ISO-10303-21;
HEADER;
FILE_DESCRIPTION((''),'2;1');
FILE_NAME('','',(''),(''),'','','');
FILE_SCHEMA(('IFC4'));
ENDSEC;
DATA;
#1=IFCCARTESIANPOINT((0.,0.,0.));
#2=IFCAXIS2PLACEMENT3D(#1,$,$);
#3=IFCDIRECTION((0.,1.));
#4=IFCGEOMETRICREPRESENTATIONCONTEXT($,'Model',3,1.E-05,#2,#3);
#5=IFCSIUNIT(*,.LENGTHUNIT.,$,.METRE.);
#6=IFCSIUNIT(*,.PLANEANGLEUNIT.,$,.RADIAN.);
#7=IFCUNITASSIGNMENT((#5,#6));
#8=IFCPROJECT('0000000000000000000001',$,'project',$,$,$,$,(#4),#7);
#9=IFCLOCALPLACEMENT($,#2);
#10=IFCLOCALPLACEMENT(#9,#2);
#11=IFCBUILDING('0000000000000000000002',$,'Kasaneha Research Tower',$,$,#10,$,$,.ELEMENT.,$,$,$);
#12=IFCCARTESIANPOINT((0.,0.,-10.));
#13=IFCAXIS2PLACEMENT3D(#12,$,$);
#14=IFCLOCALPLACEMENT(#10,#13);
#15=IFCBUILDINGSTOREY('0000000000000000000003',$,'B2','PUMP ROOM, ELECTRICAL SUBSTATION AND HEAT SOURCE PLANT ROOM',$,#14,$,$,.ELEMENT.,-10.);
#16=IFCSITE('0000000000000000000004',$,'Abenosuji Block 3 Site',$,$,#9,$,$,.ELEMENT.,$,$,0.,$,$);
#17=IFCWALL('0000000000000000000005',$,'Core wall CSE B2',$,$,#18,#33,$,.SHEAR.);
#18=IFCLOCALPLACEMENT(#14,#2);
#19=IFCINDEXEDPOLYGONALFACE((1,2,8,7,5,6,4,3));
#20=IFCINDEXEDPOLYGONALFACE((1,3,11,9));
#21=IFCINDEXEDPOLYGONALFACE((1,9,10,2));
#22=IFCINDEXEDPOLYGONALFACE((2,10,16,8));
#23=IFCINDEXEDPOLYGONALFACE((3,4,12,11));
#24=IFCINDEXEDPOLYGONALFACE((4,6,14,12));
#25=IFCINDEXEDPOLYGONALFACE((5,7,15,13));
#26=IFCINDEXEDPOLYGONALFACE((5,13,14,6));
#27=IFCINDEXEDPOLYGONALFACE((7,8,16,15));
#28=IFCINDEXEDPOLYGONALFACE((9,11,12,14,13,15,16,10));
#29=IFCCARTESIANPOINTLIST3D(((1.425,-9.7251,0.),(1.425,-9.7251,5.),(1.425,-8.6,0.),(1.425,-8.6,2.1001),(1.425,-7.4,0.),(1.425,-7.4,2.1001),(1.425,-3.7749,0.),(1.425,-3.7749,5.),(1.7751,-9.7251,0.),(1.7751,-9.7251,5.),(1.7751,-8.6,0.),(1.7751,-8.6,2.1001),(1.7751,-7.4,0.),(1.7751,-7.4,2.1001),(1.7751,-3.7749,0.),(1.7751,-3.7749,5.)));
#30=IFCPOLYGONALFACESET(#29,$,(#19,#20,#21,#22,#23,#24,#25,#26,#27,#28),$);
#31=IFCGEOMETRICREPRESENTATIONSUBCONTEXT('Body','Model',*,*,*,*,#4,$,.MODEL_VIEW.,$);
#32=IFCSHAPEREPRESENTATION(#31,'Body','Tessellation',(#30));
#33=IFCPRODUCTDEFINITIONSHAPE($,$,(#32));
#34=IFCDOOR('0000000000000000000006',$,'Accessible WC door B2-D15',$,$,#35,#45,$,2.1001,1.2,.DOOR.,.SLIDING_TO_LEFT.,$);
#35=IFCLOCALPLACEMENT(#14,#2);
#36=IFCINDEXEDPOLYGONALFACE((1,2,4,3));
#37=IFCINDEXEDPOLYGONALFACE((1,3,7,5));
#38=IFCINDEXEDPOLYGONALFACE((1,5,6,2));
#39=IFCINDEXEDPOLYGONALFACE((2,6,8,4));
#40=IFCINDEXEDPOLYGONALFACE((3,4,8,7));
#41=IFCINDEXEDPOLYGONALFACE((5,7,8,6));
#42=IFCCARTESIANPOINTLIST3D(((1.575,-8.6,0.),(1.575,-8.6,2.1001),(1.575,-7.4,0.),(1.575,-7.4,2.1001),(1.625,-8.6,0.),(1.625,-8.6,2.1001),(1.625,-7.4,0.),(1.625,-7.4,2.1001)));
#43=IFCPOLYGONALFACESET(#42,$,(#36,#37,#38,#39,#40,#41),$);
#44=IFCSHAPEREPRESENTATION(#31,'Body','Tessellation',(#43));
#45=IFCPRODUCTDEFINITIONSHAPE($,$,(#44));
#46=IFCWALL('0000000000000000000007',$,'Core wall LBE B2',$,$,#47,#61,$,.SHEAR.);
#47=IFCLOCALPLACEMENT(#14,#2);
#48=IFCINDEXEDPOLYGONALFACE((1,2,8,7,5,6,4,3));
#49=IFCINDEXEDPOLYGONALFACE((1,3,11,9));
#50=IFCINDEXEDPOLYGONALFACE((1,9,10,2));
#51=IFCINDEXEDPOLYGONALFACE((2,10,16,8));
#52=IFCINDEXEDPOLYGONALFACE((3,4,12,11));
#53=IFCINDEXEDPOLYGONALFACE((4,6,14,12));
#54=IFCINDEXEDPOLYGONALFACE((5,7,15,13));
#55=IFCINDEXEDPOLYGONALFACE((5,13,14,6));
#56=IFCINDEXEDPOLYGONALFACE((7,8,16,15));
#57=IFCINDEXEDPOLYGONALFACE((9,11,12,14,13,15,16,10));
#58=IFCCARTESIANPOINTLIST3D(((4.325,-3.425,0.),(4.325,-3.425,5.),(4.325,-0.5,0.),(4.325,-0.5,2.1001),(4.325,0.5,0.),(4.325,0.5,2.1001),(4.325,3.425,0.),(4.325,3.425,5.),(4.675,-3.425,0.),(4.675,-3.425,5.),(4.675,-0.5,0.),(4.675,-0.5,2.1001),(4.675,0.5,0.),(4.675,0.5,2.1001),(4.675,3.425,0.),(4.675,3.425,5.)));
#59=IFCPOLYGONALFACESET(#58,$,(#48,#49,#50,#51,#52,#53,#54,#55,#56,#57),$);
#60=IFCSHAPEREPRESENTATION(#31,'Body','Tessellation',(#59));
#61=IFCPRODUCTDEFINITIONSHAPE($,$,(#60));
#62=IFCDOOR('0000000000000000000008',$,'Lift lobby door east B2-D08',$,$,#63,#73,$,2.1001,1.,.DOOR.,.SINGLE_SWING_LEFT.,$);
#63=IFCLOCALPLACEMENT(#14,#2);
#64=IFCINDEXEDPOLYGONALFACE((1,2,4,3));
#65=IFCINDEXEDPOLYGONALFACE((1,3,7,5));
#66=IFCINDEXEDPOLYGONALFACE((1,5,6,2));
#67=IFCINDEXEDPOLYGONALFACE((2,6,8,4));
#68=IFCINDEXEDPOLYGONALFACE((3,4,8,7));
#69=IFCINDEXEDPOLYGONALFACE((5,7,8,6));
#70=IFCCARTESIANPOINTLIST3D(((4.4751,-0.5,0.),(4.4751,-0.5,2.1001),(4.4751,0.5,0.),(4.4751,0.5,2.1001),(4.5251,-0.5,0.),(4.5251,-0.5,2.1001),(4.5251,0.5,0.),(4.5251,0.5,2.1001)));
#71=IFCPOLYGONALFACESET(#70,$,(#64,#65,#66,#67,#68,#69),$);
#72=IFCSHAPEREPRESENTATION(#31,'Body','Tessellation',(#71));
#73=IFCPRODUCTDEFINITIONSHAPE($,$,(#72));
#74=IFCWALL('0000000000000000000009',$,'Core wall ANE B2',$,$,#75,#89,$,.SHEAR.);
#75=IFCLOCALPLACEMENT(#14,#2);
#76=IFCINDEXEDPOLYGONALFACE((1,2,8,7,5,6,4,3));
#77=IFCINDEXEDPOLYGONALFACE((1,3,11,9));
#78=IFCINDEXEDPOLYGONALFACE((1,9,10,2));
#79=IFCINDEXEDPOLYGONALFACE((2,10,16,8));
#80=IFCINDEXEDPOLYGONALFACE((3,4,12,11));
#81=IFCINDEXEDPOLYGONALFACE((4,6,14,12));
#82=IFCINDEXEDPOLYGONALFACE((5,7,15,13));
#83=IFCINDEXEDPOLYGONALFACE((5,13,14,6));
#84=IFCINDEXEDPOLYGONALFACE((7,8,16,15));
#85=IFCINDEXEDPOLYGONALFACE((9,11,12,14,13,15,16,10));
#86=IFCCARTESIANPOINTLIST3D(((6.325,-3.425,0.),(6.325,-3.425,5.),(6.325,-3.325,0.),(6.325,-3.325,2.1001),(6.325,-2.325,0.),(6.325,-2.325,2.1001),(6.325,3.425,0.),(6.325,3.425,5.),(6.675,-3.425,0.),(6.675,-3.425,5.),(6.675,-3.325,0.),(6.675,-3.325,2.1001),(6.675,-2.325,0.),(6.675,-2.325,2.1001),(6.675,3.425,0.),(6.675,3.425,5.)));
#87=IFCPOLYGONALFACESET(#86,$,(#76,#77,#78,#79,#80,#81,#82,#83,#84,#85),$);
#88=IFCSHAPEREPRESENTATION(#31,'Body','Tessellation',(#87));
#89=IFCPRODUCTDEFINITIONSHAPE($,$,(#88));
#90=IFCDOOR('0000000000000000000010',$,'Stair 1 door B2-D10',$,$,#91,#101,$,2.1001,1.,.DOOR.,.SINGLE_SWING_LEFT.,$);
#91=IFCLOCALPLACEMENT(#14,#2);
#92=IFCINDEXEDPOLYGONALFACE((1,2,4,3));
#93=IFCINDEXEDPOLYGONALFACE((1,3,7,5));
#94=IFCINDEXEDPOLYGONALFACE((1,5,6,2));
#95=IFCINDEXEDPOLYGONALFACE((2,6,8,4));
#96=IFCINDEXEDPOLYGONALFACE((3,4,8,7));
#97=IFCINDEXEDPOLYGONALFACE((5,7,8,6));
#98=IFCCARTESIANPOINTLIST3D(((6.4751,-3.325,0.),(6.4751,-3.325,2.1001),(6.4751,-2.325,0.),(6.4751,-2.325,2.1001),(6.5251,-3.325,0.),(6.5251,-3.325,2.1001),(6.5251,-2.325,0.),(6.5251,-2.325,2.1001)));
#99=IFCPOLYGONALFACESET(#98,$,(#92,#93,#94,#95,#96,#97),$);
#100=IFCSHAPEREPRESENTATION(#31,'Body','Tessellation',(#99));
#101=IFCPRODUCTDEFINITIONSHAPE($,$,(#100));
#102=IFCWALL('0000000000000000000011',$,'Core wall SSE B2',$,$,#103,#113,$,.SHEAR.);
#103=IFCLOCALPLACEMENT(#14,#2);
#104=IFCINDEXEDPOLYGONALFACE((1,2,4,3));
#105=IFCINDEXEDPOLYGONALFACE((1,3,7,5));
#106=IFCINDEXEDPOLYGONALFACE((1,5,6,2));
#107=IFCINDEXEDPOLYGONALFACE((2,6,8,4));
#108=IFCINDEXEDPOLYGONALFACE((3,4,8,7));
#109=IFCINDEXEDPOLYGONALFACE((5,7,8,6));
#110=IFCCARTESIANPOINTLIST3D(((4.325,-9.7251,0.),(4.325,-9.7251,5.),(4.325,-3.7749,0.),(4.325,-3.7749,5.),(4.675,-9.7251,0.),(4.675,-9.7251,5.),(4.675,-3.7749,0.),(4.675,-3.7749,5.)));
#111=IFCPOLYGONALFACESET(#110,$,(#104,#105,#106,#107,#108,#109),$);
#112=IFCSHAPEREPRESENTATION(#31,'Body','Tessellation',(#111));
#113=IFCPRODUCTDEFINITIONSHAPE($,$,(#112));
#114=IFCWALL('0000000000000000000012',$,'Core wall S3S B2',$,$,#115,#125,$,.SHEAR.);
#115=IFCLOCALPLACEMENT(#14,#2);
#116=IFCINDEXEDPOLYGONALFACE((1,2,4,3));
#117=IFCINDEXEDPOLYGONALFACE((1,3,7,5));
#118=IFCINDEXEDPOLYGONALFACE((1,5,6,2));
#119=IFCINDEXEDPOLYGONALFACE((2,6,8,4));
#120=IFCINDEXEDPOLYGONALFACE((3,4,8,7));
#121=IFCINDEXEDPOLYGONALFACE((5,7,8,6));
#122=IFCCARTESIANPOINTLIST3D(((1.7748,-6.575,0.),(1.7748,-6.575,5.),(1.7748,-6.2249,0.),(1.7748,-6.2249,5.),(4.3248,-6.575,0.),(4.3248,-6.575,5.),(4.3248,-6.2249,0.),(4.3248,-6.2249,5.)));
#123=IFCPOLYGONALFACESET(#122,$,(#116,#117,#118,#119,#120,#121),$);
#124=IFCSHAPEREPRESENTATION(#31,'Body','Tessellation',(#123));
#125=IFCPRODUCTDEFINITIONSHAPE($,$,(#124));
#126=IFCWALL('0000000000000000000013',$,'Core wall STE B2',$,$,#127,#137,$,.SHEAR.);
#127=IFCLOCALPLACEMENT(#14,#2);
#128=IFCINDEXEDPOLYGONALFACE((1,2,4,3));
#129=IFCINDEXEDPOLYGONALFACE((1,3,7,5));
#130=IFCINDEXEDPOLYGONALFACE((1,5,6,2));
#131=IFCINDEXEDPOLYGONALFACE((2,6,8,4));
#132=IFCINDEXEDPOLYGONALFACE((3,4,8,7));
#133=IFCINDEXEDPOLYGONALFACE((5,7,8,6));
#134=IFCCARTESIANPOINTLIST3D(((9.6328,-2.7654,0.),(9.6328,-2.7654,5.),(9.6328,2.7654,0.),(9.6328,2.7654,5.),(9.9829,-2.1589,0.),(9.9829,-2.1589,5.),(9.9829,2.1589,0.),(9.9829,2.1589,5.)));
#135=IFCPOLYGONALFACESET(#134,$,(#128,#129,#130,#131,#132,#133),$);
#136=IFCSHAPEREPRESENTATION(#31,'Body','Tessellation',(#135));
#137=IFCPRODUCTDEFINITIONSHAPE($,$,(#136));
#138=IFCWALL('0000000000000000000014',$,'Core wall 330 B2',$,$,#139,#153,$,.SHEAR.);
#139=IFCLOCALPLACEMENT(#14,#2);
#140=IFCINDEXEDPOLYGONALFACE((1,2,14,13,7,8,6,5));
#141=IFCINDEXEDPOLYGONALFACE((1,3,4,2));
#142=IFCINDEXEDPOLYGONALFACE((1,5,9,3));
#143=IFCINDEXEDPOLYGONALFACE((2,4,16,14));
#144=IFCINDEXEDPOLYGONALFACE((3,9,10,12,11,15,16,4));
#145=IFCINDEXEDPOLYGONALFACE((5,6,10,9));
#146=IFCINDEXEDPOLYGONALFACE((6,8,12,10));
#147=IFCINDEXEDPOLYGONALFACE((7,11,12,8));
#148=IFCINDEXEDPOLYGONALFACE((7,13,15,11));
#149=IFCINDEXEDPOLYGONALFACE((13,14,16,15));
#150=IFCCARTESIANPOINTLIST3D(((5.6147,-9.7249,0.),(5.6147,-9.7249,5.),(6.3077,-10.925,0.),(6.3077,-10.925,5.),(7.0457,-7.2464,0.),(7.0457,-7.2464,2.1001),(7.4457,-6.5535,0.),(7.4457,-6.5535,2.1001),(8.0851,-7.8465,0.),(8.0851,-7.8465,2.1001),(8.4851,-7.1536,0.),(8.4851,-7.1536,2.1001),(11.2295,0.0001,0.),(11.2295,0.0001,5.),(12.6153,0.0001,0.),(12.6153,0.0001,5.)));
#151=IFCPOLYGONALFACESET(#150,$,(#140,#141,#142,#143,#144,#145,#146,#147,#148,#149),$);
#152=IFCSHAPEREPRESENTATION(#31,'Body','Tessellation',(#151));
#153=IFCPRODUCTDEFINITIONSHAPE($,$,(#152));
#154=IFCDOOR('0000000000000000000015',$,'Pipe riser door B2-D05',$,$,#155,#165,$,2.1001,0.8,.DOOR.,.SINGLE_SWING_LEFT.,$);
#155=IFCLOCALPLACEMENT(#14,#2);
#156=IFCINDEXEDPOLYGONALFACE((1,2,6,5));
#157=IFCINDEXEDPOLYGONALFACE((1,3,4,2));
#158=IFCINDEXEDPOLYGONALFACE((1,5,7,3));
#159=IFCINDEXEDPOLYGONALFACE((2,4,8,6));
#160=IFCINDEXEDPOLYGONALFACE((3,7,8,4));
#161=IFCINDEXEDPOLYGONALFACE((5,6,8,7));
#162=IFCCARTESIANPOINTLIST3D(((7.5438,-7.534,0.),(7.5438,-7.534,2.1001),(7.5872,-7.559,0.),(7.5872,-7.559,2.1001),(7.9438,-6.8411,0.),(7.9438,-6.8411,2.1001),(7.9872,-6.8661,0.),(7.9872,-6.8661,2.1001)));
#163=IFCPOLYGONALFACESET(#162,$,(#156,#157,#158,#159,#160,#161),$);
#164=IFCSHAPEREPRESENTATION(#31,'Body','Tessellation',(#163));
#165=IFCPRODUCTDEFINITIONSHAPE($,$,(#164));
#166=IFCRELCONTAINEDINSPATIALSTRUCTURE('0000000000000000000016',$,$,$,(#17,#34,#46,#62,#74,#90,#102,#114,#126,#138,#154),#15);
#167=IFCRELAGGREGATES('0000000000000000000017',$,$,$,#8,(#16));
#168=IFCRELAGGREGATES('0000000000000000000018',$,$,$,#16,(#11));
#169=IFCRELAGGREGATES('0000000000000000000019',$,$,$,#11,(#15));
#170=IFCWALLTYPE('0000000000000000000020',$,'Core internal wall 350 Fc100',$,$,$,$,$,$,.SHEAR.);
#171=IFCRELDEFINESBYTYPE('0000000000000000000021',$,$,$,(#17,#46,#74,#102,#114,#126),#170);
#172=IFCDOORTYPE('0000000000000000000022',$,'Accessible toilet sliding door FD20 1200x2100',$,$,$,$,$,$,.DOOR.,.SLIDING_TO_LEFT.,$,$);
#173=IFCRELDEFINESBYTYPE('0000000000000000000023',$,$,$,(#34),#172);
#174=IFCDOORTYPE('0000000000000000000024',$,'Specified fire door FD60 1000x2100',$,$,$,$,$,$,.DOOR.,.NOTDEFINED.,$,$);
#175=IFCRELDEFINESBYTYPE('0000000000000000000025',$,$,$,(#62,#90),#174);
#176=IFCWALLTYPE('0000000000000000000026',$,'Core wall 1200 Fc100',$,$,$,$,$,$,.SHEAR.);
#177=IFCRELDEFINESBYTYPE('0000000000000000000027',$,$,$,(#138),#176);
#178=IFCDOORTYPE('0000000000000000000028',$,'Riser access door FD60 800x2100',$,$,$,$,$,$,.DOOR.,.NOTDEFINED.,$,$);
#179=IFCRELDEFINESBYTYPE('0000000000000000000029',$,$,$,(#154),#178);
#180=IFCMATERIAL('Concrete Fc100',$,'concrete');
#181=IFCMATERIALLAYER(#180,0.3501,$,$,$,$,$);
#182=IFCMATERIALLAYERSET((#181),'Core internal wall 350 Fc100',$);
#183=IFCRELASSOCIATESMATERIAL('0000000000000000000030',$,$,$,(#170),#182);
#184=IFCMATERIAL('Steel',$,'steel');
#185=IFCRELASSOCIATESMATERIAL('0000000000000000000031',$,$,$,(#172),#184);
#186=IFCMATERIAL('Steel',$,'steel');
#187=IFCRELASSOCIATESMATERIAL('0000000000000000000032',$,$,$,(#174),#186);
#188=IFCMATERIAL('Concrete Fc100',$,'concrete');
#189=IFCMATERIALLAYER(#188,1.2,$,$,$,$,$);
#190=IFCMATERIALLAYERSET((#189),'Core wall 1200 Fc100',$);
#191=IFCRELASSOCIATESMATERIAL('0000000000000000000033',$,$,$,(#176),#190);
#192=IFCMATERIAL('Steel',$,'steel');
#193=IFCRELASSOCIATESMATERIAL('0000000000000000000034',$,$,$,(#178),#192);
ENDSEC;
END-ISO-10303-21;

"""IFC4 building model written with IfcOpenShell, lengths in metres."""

from ifc_helpers import new_model, si_unit, direction, frame, frame_2d, origin, place, context, subcontext, project, spatial, polyline, rectangle, outline, extrude, material, layer, layer_set, type_object, element, fill, save


model = new_model("IFC4")

# Units and contexts
model_context = context("Model", 3, precision=1e-05, world=origin(), true_north=direction((0.0, 1.0)))
body_context = subcontext(model_context, "Body", "Model", "MODEL_VIEW")
ifc_project = project(units=[si_unit("LENGTHUNIT", "METRE"), si_unit("PLANEANGLEUNIT", "RADIAN")], contexts=[model_context])

# Site, building, storey
site_placement = place(None, origin())
site = spatial("IfcSite", under=ifc_project, at=site_placement, Name="Abenosuji Block 3 Site", CompositionType="ELEMENT", RefElevation=0.0)
building_placement = place(site_placement, origin())
building = spatial("IfcBuilding", under=site, at=building_placement, Name="Kasaneha Research Tower", CompositionType="ELEMENT")
storey_placement = place(building_placement, frame((0.0, 0.0, -10.0)))
storey = spatial("IfcBuildingStorey", under=building, at=storey_placement, Name="B2", Description="PUMP ROOM, ELECTRICAL SUBSTATION AND HEAT SOURCE PLANT ROOM", CompositionType="ELEMENT", Elevation=-10.0)

# Shared definitions
ifc_material_1 = material(Name="Concrete Fc100", Category="concrete")
ifc_layer_1 = layer(ifc_material_1, 0.3501)
ifc_layer_set_1 = layer_set([ifc_layer_1], Name="Core internal wall 350 Fc100")
wall_type_1 = type_object("IfcWallType", Name="Core internal wall 350 Fc100", PredefinedType="SHEAR", material=ifc_layer_set_1)

# Walls, openings, doors
wall_1_placement = place(storey_placement, frame((1.6001, -3.7749, 0.0), z_axis=(0.0, 0.0, 1.0), x_axis=(0.0, -1.0, 0.0)))
wall_1 = element("IfcWall", 1, at=wall_1_placement, inside=storey, type_object=wall_type_1, Name="Core wall CSE B2", PredefinedType="SHEAR", context=body_context, shape_type="SweptSolid", body=[
    extrude(rectangle(XDim=5.9502, YDim=0.3501, at=frame_2d((2.9751, 0.0))), origin(), (0.0, 0.0, 1.0), 5.0),
])
opening_1_placement = place(wall_1_placement, frame((3.625, 0.0, 0.0)))
opening_1 = element("IfcOpeningElement", 2, at=opening_1_placement, cuts=wall_1, PredefinedType="OPENING", context=body_context, shape_type="SweptSolid", body=[
    extrude(rectangle(XDim=1.2, YDim=2.1001, at=frame_2d((0.6001, 1.05))), frame((0.0, 0.1851, 0.0), z_axis=(0.0, -1.0, 0.0), x_axis=(1.0, 0.0, 0.0)), (0.0, 0.0, 1.0), 0.3701),
])
ifc_material_2 = material(Name="Steel", Category="steel")
door_type_1 = type_object("IfcDoorType", Name="Accessible toilet sliding door FD20 1200x2100", OperationType="SLIDING_TO_LEFT", PredefinedType="DOOR", material=ifc_material_2)
door_1_placement = place(opening_1_placement, origin())
door_1 = element("IfcDoor", 3, at=door_1_placement, inside=storey, type_object=door_type_1, Name="Accessible WC door B2-D15", OperationType="SLIDING_TO_LEFT", OverallHeight=2.1001, OverallWidth=1.2, PredefinedType="DOOR", context=body_context, shape_type="SweptSolid", body=[
    extrude(rectangle(XDim=1.2, YDim=2.1001, at=frame_2d((0.6001, 1.05))), frame((0.0, 0.0249, 0.0), z_axis=(0.0, -1.0, 0.0), x_axis=(1.0, 0.0, 0.0)), (0.0, 0.0, 1.0), 0.05),
])
fill(opening_1, door_1)
wall_2_placement = place(storey_placement, frame((4.5, -3.425, 0.0), z_axis=(0.0, 0.0, 1.0), x_axis=(0.0, 1.0, 0.0)))
wall_2 = element("IfcWall", 4, at=wall_2_placement, inside=storey, type_object=wall_type_1, Name="Core wall LBE B2", PredefinedType="SHEAR", context=body_context, shape_type="SweptSolid", body=[
    extrude(rectangle(XDim=6.8501, YDim=0.3501, at=frame_2d((3.425, 0.0))), origin(), (0.0, 0.0, 1.0), 5.0),
])
opening_2_placement = place(wall_2_placement, frame((2.925, 0.0, 0.0)))
opening_2 = element("IfcOpeningElement", 5, at=opening_2_placement, cuts=wall_2, PredefinedType="OPENING", context=body_context, shape_type="SweptSolid", body=[
    extrude(rectangle(XDim=1.0, YDim=2.1001, at=frame_2d((0.5, 1.05))), frame((0.0, 0.1851, 0.0), z_axis=(0.0, -1.0, 0.0), x_axis=(1.0, 0.0, 0.0)), (0.0, 0.0, 1.0), 0.3701),
])
ifc_material_3 = material(Name="Steel", Category="steel")
door_type_2 = type_object("IfcDoorType", Name="Specified fire door FD60 1000x2100", OperationType="NOTDEFINED", PredefinedType="DOOR", material=ifc_material_3)
door_2_placement = place(opening_2_placement, origin())
door_2 = element("IfcDoor", 6, at=door_2_placement, inside=storey, type_object=door_type_2, Name="Lift lobby door east B2-D08", OperationType="SINGLE_SWING_LEFT", OverallHeight=2.1001, OverallWidth=1.0, PredefinedType="DOOR", context=body_context, shape_type="SweptSolid", body=[
    extrude(rectangle(XDim=1.0, YDim=2.1001, at=frame_2d((0.5, 1.05))), frame((0.0, 0.0249, 0.0), z_axis=(0.0, -1.0, 0.0), x_axis=(1.0, 0.0, 0.0)), (0.0, 0.0, 1.0), 0.05),
])
fill(opening_2, door_2)
wall_3_placement = place(storey_placement, frame((6.5, -3.425, 0.0), z_axis=(0.0, 0.0, 1.0), x_axis=(0.0, 1.0, 0.0)))
wall_3 = element("IfcWall", 7, at=wall_3_placement, inside=storey, type_object=wall_type_1, Name="Core wall ANE B2", PredefinedType="SHEAR", context=body_context, shape_type="SweptSolid", body=[
    extrude(rectangle(XDim=6.8501, YDim=0.3501, at=frame_2d((3.425, 0.0))), origin(), (0.0, 0.0, 1.0), 5.0),
])
opening_3_placement = place(wall_3_placement, frame((0.1001, 0.0, 0.0)))
opening_3 = element("IfcOpeningElement", 8, at=opening_3_placement, cuts=wall_3, PredefinedType="OPENING", context=body_context, shape_type="SweptSolid", body=[
    extrude(rectangle(XDim=1.0, YDim=2.1001, at=frame_2d((0.5, 1.05))), frame((0.0, 0.1851, 0.0), z_axis=(0.0, -1.0, 0.0), x_axis=(1.0, 0.0, 0.0)), (0.0, 0.0, 1.0), 0.3701),
])
door_3_placement = place(opening_3_placement, origin())
door_3 = element("IfcDoor", 9, at=door_3_placement, inside=storey, type_object=door_type_2, Name="Stair 1 door B2-D10", OperationType="SINGLE_SWING_LEFT", OverallHeight=2.1001, OverallWidth=1.0, PredefinedType="DOOR", context=body_context, shape_type="SweptSolid", body=[
    extrude(rectangle(XDim=1.0, YDim=2.1001, at=frame_2d((0.5, 1.05))), frame((0.0, 0.0249, 0.0), z_axis=(0.0, -1.0, 0.0), x_axis=(1.0, 0.0, 0.0)), (0.0, 0.0, 1.0), 0.05),
])
fill(opening_3, door_3)

# Walls
wall_4_placement = place(storey_placement, frame((4.5, -3.7749, 0.0), z_axis=(0.0, 0.0, 1.0), x_axis=(0.0, -1.0, 0.0)))
element("IfcWall", 10, at=wall_4_placement, inside=storey, type_object=wall_type_1, Name="Core wall SSE B2", PredefinedType="SHEAR", context=body_context, shape_type="SweptSolid", body=[
    extrude(rectangle(XDim=5.9502, YDim=0.3501, at=frame_2d((2.9751, 0.0))), origin(), (0.0, 0.0, 1.0), 5.0),
])
wall_5_placement = place(storey_placement, frame((1.7749, -6.3999, 0.0), z_axis=(0.0, 0.0, 1.0), x_axis=(1.0, 0.0, 0.0)))
element("IfcWall", 11, at=wall_5_placement, inside=storey, type_object=wall_type_1, Name="Core wall S3S B2", PredefinedType="SHEAR", context=body_context, shape_type="SweptSolid", body=[
    extrude(rectangle(XDim=2.55, YDim=0.3501, at=frame_2d((1.2749, 0.0))), origin(), (0.0, 0.0, 1.0), 5.0),
])
wall_6_placement = place(storey_placement, frame((9.8079, -2.4622, 0.0), z_axis=(0.0, 0.0, 1.0), x_axis=(0.0, 1.0, 0.0)))
element("IfcWall", 12, at=wall_6_placement, inside=storey, type_object=wall_type_1, Name="Core wall STE B2", PredefinedType="SHEAR", context=body_context, shape_type="SweptSolid", body=[
    extrude(outline(polyline([(0.3032, -0.175), (4.6211, -0.175), (5.2275, 0.175), (-0.3032, 0.175), (0.3032, -0.175)])), origin(), (0.0, 0.0, 1.0), 5.0),
])

# Wall, opening, door
ifc_material_4 = material(Name="Concrete Fc100", Category="concrete")
ifc_layer_2 = layer(ifc_material_4, 1.2)
ifc_layer_set_2 = layer_set([ifc_layer_2], Name="Core wall 1200 Fc100")
wall_type_2 = type_object("IfcWallType", Name="Core wall 1200 Fc100", PredefinedType="SHEAR", material=ifc_layer_set_2)
wall_7_placement = place(storey_placement, frame((5.9612, -10.325, 0.0), z_axis=(0.0, 0.0, 1.0), x_axis=(0.500004, 0.866023, 0.0)))
wall_7 = element("IfcWall", 13, at=wall_7_placement, inside=storey, type_object=wall_type_2, Name="Core wall 330 B2", PredefinedType="SHEAR", context=body_context, shape_type="SweptSolid", body=[
    extrude(outline(polyline([(-0.3464, -0.6001), (3.2085, -0.6001), (4.0085, -0.6001), (12.2688, -0.6001), (11.5759, 0.6001), (4.0085, 0.6001), (3.2085, 0.6001), (0.3464, 0.6001), (-0.3464, -0.6001)])), origin(), (0.0, 0.0, 1.0), 5.0),
])
opening_4_placement = place(wall_7_placement, frame((3.2085, 0.0, 0.0)))
opening_4 = element("IfcOpeningElement", 14, at=opening_4_placement, cuts=wall_7, PredefinedType="OPENING", context=body_context, shape_type="SweptSolid", body=[
    extrude(rectangle(XDim=0.8, YDim=2.1001, at=frame_2d((0.3999, 1.05))), frame((0.0, 0.6099, 0.0), z_axis=(0.0, -1.0, 0.0), x_axis=(1.0, 0.0, 0.0)), (0.0, 0.0, 1.0), 1.22),
])
ifc_material_5 = material(Name="Steel", Category="steel")
door_type_3 = type_object("IfcDoorType", Name="Riser access door FD60 800x2100", OperationType="NOTDEFINED", PredefinedType="DOOR", material=ifc_material_5)
door_4_placement = place(opening_4_placement, origin())
door_4 = element("IfcDoor", 15, at=door_4_placement, inside=storey, type_object=door_type_3, Name="Pipe riser door B2-D05", OperationType="SINGLE_SWING_LEFT", OverallHeight=2.1001, OverallWidth=0.8, PredefinedType="DOOR", context=body_context, shape_type="SweptSolid", body=[
    extrude(rectangle(XDim=0.8, YDim=2.1001, at=frame_2d((0.3999, 1.05))), frame((0.0, 0.0249, 0.0), z_axis=(0.0, -1.0, 0.0), x_axis=(1.0, 0.0, 0.0)), (0.0, 0.0, 1.0), 0.05),
])
fill(opening_4, door_4)

save(model, "model.ifc")
